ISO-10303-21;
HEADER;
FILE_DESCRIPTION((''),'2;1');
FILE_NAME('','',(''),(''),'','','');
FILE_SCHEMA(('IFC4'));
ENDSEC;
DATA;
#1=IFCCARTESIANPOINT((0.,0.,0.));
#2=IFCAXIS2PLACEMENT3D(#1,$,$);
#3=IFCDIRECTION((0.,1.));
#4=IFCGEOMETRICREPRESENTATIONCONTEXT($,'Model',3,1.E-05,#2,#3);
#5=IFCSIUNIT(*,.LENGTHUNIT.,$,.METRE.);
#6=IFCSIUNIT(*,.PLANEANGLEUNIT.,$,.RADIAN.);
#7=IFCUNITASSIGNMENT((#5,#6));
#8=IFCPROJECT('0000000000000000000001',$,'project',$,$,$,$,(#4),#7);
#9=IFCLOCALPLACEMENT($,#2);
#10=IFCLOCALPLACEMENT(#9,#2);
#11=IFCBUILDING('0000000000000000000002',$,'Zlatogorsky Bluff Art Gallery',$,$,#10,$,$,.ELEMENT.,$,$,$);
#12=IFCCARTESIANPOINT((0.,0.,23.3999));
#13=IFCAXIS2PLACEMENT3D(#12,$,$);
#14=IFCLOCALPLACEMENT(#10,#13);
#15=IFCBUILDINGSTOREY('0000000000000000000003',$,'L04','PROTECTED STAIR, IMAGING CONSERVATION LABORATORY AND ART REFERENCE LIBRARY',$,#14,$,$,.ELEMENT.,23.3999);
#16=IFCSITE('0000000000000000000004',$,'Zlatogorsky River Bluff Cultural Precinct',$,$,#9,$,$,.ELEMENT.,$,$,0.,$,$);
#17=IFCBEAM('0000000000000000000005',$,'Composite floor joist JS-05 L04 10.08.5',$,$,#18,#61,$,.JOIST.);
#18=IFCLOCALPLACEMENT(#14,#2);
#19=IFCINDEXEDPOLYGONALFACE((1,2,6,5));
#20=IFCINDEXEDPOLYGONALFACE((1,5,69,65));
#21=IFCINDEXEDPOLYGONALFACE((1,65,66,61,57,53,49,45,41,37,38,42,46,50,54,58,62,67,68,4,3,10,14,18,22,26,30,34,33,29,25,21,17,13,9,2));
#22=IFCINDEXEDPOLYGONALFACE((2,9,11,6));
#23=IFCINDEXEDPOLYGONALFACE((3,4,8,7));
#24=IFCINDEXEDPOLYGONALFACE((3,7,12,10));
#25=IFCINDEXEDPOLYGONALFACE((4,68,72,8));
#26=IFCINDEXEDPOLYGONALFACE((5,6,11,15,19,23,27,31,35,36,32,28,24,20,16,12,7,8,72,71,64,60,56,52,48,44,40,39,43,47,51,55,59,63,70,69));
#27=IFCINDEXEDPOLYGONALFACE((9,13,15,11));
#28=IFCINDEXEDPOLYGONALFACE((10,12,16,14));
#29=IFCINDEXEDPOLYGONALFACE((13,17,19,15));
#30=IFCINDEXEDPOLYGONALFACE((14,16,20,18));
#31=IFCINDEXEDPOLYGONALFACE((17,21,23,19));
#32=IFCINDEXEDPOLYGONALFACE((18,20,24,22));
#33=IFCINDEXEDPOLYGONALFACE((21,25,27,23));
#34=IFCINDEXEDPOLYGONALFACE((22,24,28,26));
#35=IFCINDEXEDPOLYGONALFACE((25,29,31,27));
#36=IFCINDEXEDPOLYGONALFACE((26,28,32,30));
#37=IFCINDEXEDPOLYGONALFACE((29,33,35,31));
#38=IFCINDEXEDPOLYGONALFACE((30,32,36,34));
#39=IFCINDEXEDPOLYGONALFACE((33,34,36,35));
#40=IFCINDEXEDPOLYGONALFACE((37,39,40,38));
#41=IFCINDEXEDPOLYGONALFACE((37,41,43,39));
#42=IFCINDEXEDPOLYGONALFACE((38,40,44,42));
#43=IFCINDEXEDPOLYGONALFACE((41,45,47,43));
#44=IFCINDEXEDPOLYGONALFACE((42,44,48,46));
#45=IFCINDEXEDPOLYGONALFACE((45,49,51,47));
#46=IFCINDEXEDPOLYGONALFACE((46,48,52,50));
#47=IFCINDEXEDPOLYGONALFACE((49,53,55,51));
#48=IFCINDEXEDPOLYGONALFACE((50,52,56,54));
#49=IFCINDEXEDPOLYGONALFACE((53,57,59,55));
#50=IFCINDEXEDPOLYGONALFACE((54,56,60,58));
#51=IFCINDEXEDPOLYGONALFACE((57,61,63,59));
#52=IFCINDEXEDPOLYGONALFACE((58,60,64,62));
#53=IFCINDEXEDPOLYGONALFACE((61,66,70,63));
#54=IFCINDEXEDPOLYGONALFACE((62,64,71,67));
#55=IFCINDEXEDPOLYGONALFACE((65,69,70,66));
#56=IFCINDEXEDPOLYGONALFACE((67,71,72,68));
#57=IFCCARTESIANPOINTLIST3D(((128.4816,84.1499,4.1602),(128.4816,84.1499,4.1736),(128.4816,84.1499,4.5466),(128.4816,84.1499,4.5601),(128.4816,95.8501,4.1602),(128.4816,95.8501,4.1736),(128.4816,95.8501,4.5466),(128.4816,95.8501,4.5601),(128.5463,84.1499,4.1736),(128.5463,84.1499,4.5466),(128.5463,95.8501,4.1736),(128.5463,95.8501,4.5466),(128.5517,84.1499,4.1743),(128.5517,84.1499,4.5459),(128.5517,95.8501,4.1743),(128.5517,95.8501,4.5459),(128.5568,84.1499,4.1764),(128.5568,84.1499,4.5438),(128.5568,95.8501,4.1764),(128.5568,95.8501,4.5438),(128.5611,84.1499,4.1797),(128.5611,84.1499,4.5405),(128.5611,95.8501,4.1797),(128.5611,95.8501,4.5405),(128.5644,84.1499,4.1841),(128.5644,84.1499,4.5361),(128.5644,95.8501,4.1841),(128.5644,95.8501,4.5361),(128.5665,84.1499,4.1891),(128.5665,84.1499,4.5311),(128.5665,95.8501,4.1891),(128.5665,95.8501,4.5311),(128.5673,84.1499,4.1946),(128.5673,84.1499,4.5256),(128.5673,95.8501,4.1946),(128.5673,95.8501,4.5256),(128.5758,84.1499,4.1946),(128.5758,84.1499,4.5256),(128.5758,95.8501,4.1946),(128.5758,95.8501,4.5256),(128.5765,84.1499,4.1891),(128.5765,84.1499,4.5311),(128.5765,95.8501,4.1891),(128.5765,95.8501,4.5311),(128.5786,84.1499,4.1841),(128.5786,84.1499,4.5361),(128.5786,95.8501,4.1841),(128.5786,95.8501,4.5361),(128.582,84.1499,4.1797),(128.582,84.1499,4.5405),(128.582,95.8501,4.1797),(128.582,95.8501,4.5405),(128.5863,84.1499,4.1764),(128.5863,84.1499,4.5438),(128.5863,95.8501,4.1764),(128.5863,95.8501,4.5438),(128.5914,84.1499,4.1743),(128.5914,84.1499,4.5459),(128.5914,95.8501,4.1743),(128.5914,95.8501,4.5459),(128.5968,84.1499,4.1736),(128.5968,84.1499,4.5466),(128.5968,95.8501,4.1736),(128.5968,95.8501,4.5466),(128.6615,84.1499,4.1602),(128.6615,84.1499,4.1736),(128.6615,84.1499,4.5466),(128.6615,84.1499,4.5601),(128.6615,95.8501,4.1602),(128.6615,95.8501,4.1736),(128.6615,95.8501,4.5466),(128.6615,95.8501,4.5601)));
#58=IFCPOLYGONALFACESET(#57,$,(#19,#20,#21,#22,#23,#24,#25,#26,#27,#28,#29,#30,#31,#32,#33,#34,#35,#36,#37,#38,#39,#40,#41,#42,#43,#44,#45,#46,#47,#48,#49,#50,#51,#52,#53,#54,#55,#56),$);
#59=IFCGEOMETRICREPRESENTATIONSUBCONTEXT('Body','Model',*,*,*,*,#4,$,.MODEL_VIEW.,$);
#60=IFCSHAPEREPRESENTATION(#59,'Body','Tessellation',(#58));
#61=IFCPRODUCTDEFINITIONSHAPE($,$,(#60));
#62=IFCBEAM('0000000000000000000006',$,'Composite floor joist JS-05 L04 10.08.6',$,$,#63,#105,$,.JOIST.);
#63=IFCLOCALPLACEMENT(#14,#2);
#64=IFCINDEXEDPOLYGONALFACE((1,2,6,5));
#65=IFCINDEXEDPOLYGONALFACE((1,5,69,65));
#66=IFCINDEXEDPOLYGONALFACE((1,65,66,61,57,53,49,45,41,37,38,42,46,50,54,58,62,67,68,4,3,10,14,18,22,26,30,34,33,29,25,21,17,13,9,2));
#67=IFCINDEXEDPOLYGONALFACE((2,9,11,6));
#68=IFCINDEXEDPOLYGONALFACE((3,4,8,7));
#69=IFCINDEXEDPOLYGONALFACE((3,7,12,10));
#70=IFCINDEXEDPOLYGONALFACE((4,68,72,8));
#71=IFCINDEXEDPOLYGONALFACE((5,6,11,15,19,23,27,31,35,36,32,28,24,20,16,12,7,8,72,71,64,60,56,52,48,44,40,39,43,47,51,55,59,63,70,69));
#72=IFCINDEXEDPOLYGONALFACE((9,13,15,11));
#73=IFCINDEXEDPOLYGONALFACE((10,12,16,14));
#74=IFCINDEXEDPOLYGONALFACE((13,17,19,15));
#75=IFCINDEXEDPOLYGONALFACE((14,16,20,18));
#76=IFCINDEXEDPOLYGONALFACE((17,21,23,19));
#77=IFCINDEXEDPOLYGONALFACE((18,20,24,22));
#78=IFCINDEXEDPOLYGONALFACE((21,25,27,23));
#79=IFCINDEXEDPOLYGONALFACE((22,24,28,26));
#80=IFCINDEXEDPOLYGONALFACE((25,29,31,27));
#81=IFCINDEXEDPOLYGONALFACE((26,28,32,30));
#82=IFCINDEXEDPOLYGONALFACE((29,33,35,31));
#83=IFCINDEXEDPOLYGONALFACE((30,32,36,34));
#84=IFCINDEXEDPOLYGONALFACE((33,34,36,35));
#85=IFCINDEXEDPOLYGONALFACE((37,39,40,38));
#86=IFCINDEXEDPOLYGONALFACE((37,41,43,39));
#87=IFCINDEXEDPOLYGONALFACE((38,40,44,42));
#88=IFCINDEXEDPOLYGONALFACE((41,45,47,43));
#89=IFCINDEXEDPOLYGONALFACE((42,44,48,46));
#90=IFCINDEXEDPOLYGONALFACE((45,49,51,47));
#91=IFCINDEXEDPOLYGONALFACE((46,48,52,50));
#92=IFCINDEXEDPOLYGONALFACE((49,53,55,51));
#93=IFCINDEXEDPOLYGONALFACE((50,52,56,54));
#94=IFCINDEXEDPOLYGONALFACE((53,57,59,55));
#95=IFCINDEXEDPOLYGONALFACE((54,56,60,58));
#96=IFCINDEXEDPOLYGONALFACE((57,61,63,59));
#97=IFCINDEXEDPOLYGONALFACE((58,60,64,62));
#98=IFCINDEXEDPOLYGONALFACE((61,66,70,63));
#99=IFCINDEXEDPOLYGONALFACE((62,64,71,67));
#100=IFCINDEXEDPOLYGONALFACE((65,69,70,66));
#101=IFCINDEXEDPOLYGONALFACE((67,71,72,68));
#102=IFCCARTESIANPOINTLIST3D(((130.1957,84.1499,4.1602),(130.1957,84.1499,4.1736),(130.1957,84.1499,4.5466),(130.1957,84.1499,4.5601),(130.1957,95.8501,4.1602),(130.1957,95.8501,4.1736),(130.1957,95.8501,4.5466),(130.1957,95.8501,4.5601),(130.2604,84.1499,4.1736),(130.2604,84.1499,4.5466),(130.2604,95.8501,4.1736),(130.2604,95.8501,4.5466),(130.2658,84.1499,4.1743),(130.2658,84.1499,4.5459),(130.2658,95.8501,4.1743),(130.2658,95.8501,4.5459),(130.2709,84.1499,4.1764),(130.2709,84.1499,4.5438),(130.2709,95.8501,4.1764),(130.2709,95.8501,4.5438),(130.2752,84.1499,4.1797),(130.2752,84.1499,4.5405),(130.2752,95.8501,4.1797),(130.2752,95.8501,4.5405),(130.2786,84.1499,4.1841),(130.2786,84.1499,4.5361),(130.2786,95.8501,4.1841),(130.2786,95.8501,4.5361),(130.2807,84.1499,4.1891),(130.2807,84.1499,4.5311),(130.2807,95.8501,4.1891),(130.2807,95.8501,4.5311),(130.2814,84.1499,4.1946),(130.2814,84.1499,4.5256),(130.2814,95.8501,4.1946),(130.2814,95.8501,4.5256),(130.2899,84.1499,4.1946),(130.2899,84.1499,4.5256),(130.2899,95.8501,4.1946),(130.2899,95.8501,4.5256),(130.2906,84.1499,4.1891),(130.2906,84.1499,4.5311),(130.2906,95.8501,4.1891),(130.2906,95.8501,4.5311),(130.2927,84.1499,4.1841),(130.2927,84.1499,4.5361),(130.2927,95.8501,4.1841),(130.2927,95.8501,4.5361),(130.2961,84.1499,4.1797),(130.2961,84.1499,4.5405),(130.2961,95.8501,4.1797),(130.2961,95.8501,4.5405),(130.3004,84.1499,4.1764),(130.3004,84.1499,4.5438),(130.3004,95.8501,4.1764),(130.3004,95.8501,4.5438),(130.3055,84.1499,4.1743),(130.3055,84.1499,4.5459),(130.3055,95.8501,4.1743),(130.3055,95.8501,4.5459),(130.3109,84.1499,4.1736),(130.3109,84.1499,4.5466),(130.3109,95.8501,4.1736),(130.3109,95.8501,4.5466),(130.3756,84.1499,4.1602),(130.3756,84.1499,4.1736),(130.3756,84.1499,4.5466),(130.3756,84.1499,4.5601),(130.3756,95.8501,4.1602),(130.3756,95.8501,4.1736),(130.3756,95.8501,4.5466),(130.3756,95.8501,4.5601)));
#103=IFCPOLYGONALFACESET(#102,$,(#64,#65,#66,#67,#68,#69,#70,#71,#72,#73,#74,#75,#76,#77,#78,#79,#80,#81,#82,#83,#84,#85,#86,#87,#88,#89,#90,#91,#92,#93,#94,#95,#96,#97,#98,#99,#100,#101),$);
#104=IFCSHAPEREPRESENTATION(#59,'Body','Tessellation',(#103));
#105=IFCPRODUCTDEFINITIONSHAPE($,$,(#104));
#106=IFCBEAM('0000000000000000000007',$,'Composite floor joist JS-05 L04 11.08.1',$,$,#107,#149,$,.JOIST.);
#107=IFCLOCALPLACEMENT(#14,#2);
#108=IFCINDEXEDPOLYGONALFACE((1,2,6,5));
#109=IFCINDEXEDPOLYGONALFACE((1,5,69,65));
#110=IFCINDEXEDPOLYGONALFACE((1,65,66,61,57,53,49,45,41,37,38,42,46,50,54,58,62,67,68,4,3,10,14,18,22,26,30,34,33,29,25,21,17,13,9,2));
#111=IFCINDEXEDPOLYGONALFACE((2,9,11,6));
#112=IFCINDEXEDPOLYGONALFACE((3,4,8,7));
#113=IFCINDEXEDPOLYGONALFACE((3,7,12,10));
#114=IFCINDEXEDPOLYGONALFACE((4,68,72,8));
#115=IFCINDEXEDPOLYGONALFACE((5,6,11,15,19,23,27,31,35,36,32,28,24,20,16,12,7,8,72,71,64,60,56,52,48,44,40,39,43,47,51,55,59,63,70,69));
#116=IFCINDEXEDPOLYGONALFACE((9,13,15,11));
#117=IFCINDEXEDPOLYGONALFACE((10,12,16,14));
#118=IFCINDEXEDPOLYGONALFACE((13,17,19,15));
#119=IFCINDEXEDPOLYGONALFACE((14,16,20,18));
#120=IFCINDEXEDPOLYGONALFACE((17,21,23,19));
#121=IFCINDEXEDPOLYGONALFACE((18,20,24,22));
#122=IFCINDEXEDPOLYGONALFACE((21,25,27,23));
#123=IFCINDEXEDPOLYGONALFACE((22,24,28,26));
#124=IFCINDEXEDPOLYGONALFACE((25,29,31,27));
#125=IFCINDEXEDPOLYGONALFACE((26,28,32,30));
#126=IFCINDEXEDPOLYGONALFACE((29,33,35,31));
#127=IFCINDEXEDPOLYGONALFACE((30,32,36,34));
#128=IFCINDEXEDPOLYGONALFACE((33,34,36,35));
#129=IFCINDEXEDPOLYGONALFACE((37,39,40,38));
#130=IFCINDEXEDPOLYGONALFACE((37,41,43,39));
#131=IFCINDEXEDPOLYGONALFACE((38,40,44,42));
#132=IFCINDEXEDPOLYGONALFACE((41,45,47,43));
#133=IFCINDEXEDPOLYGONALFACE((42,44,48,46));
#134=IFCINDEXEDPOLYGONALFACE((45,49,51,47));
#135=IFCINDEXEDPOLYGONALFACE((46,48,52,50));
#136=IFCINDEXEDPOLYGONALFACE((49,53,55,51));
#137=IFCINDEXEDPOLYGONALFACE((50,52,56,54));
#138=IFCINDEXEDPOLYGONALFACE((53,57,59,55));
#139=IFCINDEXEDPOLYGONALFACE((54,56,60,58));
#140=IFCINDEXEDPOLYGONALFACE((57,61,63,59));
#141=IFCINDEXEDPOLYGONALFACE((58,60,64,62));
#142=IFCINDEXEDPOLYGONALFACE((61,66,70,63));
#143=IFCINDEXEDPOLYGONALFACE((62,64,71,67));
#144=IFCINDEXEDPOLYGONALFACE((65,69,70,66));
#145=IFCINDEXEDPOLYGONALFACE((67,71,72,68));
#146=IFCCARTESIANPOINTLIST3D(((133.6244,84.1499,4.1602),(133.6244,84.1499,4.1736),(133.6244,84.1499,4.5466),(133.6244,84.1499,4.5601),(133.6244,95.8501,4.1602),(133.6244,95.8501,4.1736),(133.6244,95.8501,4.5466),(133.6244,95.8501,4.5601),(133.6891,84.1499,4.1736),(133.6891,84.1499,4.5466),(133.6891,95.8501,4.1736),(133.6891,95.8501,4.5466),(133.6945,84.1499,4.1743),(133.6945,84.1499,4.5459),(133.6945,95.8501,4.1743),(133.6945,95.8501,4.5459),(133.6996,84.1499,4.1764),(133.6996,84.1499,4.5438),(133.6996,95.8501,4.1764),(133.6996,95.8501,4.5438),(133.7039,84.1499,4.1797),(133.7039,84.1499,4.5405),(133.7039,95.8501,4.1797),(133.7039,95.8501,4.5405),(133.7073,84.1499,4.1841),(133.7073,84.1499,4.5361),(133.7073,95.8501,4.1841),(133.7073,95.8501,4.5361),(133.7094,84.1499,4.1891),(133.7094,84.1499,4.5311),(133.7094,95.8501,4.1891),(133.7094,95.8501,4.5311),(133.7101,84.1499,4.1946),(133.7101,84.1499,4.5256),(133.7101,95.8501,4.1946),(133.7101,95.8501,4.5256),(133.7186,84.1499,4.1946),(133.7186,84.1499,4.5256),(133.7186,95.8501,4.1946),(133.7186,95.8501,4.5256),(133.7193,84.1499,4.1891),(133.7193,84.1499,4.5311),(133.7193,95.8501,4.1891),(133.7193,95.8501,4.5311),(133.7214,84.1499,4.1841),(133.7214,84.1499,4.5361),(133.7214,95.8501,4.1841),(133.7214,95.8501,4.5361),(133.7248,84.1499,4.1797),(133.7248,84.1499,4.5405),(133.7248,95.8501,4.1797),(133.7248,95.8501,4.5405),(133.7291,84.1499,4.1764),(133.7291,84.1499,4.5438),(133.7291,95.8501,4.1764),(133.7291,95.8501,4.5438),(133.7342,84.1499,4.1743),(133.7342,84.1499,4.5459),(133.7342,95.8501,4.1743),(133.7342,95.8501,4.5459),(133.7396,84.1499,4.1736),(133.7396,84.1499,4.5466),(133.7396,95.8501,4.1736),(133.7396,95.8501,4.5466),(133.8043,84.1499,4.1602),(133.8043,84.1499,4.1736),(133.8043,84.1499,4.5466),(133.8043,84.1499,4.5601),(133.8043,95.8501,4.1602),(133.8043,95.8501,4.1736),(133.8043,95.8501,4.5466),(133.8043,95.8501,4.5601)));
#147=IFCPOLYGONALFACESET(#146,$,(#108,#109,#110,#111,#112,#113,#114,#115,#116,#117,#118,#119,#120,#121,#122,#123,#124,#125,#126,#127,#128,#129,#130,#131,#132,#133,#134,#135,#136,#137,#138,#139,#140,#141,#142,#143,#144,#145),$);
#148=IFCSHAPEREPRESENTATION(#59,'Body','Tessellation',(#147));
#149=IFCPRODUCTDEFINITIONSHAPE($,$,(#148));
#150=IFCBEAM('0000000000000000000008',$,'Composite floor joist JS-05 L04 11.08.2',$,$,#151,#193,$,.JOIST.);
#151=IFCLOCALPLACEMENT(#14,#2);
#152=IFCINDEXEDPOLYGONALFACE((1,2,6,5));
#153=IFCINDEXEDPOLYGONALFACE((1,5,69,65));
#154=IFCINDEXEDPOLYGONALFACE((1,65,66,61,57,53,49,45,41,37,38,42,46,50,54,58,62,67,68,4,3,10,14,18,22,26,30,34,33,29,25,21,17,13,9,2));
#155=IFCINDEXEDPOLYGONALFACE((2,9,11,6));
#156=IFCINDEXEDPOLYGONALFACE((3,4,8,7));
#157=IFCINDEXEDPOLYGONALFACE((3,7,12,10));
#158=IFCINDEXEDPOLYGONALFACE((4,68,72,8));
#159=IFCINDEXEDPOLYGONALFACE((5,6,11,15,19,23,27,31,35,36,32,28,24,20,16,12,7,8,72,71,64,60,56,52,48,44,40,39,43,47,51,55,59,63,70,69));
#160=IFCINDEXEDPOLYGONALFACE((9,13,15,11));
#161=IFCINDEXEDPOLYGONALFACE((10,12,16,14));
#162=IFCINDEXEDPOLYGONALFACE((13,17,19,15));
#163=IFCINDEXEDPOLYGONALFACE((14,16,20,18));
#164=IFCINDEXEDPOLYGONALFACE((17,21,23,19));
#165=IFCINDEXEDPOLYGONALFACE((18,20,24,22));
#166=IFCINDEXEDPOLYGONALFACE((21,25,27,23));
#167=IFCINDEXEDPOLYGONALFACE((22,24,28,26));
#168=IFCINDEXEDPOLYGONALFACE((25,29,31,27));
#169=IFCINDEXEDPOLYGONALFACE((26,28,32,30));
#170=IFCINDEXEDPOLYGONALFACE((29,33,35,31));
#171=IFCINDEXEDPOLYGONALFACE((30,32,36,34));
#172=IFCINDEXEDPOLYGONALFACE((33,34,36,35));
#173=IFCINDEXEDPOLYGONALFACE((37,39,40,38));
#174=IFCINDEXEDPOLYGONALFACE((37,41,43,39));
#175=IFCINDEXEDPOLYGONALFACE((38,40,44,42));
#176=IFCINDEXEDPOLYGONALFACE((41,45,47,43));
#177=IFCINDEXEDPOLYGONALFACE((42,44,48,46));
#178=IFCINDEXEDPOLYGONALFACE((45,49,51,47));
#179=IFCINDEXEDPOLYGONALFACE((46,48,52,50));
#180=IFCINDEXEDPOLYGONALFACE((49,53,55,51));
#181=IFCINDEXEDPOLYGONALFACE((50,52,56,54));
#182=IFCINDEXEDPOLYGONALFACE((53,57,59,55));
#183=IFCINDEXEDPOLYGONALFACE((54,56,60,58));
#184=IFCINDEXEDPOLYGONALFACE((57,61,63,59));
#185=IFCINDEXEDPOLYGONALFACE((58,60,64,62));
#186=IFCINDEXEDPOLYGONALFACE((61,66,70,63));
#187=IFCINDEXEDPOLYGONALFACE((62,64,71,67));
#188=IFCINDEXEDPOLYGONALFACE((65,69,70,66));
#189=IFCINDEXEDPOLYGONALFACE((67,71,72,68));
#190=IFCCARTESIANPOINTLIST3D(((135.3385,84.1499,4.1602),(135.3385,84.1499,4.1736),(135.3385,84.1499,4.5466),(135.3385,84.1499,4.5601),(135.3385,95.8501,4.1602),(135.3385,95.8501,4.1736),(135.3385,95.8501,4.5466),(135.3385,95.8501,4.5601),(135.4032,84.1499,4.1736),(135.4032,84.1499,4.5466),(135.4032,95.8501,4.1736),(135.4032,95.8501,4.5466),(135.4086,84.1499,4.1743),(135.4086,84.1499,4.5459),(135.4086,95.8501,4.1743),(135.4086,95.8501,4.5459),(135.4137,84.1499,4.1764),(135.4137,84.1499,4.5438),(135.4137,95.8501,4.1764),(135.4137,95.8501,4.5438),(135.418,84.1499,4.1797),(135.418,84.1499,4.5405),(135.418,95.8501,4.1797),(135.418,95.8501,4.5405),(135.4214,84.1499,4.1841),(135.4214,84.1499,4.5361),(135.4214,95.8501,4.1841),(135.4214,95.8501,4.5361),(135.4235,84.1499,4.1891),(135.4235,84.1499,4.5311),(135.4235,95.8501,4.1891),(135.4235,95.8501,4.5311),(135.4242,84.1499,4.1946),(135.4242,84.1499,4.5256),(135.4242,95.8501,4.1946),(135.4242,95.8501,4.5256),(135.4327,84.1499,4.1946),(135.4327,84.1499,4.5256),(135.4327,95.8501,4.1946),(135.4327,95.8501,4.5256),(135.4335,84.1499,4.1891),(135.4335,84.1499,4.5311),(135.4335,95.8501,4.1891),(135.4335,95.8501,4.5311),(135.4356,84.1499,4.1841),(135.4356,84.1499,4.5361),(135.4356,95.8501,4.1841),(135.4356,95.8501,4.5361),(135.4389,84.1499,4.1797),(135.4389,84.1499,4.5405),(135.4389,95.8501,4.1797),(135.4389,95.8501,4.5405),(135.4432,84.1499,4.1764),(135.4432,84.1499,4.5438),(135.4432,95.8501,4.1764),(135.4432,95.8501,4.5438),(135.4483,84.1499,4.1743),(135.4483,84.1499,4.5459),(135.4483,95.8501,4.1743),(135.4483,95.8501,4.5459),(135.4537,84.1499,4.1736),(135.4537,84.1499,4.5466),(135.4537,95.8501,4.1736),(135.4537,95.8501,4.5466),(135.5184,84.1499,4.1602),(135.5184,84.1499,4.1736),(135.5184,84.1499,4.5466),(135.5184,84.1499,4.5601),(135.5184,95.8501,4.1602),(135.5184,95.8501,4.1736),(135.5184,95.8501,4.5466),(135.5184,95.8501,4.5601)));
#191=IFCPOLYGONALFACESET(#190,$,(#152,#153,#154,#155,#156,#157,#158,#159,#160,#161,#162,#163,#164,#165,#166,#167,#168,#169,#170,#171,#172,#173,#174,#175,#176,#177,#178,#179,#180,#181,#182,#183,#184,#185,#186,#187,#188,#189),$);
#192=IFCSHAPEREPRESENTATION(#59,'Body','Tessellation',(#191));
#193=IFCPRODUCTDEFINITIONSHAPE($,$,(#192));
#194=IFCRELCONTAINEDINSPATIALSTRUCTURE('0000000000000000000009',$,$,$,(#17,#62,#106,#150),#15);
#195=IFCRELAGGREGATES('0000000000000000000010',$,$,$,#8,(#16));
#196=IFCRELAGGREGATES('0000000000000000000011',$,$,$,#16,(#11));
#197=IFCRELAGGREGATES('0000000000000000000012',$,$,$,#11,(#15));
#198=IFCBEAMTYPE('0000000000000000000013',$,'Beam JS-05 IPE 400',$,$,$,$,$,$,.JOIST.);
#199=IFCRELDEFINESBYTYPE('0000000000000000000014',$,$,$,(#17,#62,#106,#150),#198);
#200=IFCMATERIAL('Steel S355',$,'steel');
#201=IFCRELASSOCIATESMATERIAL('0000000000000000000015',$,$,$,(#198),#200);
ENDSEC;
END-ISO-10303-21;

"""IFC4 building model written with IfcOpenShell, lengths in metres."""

from ifc_helpers import new_model, si_unit, direction, frame, origin, origin_2d, place, context, subcontext, project, spatial, i_section, extrude, material, material_profile, profile_set, type_object, element, save


model = new_model("IFC4")

# Units and contexts
model_context = context("Model", 3, precision=1e-05, world=origin(), true_north=direction((0.0, 1.0)))
body_context = subcontext(model_context, "Body", "Model", "MODEL_VIEW")
ifc_project = project(units=[si_unit("LENGTHUNIT", "METRE"), si_unit("PLANEANGLEUNIT", "RADIAN")], contexts=[model_context])

# Site, building, storey
site_placement = place(None, origin())
site = spatial("IfcSite", under=ifc_project, at=site_placement, Name="Zlatogorsky River Bluff Cultural Precinct", CompositionType="ELEMENT", RefElevation=0.0)
building_placement = place(site_placement, origin())
building = spatial("IfcBuilding", under=site, at=building_placement, Name="Zlatogorsky Bluff Art Gallery", CompositionType="ELEMENT")
storey_placement = place(building_placement, frame((0.0, 0.0, 23.3999)))
storey = spatial("IfcBuildingStorey", under=building, at=storey_placement, Name="L04", Description="PROTECTED STAIR, IMAGING CONSERVATION LABORATORY AND ART REFERENCE LIBRARY", CompositionType="ELEMENT", Elevation=23.3999)

# Beams
ifc_material_1 = material(Name="Steel S355", Category="steel")
ifc_material_profile = material_profile(ifc_material_1, i_section(OverallWidth=0.1799, OverallDepth=0.3999, WebThickness=0.0085, FlangeThickness=0.0134, FilletRadius=0.021, at=origin_2d()), Name="IPE 400")
ifc_profile_set = profile_set([ifc_material_profile], Name="Steel S355")
beam_type = type_object("IfcBeamType", Name="Beam JS-05 IPE 400", PredefinedType="JOIST", material=ifc_profile_set)
for number, where, z_axis, x_axis, name in (
    (1, (128.5715, 84.1499, 4.3601), (0.0, 1.0, 0.0), (-1.0, 0.0, 0.0), "Composite floor joist JS-05 L04 10.08.5"),
    (2, (130.2856, 84.1499, 4.3601), (0.0, 1.0, 0.0), (-1.0, 0.0, 0.0), "Composite floor joist JS-05 L04 10.08.6"),
    (3, (133.7144, 84.1499, 4.3601), (0.0, 1.0, 0.0), (-1.0, 0.0, 0.0), "Composite floor joist JS-05 L04 11.08.1"),
    (4, (135.4285, 84.1499, 4.3601), (0.0, 1.0, 0.0), (-1.0, 0.0, 0.0), "Composite floor joist JS-05 L04 11.08.2"),
):
    element("IfcBeam", number, at=place(storey_placement, frame(where, z_axis=z_axis, x_axis=x_axis)), inside=storey, type_object=beam_type, Name=name, PredefinedType="JOIST", context=body_context, shape_type="SweptSolid", body=[
        extrude(i_section(OverallWidth=0.1799, OverallDepth=0.3999, WebThickness=0.0085, FlangeThickness=0.0134, FilletRadius=0.021, at=origin_2d()), origin(), (0.0, 0.0, 1.0), 11.7002),
    ])

save(model, "model.ifc")
